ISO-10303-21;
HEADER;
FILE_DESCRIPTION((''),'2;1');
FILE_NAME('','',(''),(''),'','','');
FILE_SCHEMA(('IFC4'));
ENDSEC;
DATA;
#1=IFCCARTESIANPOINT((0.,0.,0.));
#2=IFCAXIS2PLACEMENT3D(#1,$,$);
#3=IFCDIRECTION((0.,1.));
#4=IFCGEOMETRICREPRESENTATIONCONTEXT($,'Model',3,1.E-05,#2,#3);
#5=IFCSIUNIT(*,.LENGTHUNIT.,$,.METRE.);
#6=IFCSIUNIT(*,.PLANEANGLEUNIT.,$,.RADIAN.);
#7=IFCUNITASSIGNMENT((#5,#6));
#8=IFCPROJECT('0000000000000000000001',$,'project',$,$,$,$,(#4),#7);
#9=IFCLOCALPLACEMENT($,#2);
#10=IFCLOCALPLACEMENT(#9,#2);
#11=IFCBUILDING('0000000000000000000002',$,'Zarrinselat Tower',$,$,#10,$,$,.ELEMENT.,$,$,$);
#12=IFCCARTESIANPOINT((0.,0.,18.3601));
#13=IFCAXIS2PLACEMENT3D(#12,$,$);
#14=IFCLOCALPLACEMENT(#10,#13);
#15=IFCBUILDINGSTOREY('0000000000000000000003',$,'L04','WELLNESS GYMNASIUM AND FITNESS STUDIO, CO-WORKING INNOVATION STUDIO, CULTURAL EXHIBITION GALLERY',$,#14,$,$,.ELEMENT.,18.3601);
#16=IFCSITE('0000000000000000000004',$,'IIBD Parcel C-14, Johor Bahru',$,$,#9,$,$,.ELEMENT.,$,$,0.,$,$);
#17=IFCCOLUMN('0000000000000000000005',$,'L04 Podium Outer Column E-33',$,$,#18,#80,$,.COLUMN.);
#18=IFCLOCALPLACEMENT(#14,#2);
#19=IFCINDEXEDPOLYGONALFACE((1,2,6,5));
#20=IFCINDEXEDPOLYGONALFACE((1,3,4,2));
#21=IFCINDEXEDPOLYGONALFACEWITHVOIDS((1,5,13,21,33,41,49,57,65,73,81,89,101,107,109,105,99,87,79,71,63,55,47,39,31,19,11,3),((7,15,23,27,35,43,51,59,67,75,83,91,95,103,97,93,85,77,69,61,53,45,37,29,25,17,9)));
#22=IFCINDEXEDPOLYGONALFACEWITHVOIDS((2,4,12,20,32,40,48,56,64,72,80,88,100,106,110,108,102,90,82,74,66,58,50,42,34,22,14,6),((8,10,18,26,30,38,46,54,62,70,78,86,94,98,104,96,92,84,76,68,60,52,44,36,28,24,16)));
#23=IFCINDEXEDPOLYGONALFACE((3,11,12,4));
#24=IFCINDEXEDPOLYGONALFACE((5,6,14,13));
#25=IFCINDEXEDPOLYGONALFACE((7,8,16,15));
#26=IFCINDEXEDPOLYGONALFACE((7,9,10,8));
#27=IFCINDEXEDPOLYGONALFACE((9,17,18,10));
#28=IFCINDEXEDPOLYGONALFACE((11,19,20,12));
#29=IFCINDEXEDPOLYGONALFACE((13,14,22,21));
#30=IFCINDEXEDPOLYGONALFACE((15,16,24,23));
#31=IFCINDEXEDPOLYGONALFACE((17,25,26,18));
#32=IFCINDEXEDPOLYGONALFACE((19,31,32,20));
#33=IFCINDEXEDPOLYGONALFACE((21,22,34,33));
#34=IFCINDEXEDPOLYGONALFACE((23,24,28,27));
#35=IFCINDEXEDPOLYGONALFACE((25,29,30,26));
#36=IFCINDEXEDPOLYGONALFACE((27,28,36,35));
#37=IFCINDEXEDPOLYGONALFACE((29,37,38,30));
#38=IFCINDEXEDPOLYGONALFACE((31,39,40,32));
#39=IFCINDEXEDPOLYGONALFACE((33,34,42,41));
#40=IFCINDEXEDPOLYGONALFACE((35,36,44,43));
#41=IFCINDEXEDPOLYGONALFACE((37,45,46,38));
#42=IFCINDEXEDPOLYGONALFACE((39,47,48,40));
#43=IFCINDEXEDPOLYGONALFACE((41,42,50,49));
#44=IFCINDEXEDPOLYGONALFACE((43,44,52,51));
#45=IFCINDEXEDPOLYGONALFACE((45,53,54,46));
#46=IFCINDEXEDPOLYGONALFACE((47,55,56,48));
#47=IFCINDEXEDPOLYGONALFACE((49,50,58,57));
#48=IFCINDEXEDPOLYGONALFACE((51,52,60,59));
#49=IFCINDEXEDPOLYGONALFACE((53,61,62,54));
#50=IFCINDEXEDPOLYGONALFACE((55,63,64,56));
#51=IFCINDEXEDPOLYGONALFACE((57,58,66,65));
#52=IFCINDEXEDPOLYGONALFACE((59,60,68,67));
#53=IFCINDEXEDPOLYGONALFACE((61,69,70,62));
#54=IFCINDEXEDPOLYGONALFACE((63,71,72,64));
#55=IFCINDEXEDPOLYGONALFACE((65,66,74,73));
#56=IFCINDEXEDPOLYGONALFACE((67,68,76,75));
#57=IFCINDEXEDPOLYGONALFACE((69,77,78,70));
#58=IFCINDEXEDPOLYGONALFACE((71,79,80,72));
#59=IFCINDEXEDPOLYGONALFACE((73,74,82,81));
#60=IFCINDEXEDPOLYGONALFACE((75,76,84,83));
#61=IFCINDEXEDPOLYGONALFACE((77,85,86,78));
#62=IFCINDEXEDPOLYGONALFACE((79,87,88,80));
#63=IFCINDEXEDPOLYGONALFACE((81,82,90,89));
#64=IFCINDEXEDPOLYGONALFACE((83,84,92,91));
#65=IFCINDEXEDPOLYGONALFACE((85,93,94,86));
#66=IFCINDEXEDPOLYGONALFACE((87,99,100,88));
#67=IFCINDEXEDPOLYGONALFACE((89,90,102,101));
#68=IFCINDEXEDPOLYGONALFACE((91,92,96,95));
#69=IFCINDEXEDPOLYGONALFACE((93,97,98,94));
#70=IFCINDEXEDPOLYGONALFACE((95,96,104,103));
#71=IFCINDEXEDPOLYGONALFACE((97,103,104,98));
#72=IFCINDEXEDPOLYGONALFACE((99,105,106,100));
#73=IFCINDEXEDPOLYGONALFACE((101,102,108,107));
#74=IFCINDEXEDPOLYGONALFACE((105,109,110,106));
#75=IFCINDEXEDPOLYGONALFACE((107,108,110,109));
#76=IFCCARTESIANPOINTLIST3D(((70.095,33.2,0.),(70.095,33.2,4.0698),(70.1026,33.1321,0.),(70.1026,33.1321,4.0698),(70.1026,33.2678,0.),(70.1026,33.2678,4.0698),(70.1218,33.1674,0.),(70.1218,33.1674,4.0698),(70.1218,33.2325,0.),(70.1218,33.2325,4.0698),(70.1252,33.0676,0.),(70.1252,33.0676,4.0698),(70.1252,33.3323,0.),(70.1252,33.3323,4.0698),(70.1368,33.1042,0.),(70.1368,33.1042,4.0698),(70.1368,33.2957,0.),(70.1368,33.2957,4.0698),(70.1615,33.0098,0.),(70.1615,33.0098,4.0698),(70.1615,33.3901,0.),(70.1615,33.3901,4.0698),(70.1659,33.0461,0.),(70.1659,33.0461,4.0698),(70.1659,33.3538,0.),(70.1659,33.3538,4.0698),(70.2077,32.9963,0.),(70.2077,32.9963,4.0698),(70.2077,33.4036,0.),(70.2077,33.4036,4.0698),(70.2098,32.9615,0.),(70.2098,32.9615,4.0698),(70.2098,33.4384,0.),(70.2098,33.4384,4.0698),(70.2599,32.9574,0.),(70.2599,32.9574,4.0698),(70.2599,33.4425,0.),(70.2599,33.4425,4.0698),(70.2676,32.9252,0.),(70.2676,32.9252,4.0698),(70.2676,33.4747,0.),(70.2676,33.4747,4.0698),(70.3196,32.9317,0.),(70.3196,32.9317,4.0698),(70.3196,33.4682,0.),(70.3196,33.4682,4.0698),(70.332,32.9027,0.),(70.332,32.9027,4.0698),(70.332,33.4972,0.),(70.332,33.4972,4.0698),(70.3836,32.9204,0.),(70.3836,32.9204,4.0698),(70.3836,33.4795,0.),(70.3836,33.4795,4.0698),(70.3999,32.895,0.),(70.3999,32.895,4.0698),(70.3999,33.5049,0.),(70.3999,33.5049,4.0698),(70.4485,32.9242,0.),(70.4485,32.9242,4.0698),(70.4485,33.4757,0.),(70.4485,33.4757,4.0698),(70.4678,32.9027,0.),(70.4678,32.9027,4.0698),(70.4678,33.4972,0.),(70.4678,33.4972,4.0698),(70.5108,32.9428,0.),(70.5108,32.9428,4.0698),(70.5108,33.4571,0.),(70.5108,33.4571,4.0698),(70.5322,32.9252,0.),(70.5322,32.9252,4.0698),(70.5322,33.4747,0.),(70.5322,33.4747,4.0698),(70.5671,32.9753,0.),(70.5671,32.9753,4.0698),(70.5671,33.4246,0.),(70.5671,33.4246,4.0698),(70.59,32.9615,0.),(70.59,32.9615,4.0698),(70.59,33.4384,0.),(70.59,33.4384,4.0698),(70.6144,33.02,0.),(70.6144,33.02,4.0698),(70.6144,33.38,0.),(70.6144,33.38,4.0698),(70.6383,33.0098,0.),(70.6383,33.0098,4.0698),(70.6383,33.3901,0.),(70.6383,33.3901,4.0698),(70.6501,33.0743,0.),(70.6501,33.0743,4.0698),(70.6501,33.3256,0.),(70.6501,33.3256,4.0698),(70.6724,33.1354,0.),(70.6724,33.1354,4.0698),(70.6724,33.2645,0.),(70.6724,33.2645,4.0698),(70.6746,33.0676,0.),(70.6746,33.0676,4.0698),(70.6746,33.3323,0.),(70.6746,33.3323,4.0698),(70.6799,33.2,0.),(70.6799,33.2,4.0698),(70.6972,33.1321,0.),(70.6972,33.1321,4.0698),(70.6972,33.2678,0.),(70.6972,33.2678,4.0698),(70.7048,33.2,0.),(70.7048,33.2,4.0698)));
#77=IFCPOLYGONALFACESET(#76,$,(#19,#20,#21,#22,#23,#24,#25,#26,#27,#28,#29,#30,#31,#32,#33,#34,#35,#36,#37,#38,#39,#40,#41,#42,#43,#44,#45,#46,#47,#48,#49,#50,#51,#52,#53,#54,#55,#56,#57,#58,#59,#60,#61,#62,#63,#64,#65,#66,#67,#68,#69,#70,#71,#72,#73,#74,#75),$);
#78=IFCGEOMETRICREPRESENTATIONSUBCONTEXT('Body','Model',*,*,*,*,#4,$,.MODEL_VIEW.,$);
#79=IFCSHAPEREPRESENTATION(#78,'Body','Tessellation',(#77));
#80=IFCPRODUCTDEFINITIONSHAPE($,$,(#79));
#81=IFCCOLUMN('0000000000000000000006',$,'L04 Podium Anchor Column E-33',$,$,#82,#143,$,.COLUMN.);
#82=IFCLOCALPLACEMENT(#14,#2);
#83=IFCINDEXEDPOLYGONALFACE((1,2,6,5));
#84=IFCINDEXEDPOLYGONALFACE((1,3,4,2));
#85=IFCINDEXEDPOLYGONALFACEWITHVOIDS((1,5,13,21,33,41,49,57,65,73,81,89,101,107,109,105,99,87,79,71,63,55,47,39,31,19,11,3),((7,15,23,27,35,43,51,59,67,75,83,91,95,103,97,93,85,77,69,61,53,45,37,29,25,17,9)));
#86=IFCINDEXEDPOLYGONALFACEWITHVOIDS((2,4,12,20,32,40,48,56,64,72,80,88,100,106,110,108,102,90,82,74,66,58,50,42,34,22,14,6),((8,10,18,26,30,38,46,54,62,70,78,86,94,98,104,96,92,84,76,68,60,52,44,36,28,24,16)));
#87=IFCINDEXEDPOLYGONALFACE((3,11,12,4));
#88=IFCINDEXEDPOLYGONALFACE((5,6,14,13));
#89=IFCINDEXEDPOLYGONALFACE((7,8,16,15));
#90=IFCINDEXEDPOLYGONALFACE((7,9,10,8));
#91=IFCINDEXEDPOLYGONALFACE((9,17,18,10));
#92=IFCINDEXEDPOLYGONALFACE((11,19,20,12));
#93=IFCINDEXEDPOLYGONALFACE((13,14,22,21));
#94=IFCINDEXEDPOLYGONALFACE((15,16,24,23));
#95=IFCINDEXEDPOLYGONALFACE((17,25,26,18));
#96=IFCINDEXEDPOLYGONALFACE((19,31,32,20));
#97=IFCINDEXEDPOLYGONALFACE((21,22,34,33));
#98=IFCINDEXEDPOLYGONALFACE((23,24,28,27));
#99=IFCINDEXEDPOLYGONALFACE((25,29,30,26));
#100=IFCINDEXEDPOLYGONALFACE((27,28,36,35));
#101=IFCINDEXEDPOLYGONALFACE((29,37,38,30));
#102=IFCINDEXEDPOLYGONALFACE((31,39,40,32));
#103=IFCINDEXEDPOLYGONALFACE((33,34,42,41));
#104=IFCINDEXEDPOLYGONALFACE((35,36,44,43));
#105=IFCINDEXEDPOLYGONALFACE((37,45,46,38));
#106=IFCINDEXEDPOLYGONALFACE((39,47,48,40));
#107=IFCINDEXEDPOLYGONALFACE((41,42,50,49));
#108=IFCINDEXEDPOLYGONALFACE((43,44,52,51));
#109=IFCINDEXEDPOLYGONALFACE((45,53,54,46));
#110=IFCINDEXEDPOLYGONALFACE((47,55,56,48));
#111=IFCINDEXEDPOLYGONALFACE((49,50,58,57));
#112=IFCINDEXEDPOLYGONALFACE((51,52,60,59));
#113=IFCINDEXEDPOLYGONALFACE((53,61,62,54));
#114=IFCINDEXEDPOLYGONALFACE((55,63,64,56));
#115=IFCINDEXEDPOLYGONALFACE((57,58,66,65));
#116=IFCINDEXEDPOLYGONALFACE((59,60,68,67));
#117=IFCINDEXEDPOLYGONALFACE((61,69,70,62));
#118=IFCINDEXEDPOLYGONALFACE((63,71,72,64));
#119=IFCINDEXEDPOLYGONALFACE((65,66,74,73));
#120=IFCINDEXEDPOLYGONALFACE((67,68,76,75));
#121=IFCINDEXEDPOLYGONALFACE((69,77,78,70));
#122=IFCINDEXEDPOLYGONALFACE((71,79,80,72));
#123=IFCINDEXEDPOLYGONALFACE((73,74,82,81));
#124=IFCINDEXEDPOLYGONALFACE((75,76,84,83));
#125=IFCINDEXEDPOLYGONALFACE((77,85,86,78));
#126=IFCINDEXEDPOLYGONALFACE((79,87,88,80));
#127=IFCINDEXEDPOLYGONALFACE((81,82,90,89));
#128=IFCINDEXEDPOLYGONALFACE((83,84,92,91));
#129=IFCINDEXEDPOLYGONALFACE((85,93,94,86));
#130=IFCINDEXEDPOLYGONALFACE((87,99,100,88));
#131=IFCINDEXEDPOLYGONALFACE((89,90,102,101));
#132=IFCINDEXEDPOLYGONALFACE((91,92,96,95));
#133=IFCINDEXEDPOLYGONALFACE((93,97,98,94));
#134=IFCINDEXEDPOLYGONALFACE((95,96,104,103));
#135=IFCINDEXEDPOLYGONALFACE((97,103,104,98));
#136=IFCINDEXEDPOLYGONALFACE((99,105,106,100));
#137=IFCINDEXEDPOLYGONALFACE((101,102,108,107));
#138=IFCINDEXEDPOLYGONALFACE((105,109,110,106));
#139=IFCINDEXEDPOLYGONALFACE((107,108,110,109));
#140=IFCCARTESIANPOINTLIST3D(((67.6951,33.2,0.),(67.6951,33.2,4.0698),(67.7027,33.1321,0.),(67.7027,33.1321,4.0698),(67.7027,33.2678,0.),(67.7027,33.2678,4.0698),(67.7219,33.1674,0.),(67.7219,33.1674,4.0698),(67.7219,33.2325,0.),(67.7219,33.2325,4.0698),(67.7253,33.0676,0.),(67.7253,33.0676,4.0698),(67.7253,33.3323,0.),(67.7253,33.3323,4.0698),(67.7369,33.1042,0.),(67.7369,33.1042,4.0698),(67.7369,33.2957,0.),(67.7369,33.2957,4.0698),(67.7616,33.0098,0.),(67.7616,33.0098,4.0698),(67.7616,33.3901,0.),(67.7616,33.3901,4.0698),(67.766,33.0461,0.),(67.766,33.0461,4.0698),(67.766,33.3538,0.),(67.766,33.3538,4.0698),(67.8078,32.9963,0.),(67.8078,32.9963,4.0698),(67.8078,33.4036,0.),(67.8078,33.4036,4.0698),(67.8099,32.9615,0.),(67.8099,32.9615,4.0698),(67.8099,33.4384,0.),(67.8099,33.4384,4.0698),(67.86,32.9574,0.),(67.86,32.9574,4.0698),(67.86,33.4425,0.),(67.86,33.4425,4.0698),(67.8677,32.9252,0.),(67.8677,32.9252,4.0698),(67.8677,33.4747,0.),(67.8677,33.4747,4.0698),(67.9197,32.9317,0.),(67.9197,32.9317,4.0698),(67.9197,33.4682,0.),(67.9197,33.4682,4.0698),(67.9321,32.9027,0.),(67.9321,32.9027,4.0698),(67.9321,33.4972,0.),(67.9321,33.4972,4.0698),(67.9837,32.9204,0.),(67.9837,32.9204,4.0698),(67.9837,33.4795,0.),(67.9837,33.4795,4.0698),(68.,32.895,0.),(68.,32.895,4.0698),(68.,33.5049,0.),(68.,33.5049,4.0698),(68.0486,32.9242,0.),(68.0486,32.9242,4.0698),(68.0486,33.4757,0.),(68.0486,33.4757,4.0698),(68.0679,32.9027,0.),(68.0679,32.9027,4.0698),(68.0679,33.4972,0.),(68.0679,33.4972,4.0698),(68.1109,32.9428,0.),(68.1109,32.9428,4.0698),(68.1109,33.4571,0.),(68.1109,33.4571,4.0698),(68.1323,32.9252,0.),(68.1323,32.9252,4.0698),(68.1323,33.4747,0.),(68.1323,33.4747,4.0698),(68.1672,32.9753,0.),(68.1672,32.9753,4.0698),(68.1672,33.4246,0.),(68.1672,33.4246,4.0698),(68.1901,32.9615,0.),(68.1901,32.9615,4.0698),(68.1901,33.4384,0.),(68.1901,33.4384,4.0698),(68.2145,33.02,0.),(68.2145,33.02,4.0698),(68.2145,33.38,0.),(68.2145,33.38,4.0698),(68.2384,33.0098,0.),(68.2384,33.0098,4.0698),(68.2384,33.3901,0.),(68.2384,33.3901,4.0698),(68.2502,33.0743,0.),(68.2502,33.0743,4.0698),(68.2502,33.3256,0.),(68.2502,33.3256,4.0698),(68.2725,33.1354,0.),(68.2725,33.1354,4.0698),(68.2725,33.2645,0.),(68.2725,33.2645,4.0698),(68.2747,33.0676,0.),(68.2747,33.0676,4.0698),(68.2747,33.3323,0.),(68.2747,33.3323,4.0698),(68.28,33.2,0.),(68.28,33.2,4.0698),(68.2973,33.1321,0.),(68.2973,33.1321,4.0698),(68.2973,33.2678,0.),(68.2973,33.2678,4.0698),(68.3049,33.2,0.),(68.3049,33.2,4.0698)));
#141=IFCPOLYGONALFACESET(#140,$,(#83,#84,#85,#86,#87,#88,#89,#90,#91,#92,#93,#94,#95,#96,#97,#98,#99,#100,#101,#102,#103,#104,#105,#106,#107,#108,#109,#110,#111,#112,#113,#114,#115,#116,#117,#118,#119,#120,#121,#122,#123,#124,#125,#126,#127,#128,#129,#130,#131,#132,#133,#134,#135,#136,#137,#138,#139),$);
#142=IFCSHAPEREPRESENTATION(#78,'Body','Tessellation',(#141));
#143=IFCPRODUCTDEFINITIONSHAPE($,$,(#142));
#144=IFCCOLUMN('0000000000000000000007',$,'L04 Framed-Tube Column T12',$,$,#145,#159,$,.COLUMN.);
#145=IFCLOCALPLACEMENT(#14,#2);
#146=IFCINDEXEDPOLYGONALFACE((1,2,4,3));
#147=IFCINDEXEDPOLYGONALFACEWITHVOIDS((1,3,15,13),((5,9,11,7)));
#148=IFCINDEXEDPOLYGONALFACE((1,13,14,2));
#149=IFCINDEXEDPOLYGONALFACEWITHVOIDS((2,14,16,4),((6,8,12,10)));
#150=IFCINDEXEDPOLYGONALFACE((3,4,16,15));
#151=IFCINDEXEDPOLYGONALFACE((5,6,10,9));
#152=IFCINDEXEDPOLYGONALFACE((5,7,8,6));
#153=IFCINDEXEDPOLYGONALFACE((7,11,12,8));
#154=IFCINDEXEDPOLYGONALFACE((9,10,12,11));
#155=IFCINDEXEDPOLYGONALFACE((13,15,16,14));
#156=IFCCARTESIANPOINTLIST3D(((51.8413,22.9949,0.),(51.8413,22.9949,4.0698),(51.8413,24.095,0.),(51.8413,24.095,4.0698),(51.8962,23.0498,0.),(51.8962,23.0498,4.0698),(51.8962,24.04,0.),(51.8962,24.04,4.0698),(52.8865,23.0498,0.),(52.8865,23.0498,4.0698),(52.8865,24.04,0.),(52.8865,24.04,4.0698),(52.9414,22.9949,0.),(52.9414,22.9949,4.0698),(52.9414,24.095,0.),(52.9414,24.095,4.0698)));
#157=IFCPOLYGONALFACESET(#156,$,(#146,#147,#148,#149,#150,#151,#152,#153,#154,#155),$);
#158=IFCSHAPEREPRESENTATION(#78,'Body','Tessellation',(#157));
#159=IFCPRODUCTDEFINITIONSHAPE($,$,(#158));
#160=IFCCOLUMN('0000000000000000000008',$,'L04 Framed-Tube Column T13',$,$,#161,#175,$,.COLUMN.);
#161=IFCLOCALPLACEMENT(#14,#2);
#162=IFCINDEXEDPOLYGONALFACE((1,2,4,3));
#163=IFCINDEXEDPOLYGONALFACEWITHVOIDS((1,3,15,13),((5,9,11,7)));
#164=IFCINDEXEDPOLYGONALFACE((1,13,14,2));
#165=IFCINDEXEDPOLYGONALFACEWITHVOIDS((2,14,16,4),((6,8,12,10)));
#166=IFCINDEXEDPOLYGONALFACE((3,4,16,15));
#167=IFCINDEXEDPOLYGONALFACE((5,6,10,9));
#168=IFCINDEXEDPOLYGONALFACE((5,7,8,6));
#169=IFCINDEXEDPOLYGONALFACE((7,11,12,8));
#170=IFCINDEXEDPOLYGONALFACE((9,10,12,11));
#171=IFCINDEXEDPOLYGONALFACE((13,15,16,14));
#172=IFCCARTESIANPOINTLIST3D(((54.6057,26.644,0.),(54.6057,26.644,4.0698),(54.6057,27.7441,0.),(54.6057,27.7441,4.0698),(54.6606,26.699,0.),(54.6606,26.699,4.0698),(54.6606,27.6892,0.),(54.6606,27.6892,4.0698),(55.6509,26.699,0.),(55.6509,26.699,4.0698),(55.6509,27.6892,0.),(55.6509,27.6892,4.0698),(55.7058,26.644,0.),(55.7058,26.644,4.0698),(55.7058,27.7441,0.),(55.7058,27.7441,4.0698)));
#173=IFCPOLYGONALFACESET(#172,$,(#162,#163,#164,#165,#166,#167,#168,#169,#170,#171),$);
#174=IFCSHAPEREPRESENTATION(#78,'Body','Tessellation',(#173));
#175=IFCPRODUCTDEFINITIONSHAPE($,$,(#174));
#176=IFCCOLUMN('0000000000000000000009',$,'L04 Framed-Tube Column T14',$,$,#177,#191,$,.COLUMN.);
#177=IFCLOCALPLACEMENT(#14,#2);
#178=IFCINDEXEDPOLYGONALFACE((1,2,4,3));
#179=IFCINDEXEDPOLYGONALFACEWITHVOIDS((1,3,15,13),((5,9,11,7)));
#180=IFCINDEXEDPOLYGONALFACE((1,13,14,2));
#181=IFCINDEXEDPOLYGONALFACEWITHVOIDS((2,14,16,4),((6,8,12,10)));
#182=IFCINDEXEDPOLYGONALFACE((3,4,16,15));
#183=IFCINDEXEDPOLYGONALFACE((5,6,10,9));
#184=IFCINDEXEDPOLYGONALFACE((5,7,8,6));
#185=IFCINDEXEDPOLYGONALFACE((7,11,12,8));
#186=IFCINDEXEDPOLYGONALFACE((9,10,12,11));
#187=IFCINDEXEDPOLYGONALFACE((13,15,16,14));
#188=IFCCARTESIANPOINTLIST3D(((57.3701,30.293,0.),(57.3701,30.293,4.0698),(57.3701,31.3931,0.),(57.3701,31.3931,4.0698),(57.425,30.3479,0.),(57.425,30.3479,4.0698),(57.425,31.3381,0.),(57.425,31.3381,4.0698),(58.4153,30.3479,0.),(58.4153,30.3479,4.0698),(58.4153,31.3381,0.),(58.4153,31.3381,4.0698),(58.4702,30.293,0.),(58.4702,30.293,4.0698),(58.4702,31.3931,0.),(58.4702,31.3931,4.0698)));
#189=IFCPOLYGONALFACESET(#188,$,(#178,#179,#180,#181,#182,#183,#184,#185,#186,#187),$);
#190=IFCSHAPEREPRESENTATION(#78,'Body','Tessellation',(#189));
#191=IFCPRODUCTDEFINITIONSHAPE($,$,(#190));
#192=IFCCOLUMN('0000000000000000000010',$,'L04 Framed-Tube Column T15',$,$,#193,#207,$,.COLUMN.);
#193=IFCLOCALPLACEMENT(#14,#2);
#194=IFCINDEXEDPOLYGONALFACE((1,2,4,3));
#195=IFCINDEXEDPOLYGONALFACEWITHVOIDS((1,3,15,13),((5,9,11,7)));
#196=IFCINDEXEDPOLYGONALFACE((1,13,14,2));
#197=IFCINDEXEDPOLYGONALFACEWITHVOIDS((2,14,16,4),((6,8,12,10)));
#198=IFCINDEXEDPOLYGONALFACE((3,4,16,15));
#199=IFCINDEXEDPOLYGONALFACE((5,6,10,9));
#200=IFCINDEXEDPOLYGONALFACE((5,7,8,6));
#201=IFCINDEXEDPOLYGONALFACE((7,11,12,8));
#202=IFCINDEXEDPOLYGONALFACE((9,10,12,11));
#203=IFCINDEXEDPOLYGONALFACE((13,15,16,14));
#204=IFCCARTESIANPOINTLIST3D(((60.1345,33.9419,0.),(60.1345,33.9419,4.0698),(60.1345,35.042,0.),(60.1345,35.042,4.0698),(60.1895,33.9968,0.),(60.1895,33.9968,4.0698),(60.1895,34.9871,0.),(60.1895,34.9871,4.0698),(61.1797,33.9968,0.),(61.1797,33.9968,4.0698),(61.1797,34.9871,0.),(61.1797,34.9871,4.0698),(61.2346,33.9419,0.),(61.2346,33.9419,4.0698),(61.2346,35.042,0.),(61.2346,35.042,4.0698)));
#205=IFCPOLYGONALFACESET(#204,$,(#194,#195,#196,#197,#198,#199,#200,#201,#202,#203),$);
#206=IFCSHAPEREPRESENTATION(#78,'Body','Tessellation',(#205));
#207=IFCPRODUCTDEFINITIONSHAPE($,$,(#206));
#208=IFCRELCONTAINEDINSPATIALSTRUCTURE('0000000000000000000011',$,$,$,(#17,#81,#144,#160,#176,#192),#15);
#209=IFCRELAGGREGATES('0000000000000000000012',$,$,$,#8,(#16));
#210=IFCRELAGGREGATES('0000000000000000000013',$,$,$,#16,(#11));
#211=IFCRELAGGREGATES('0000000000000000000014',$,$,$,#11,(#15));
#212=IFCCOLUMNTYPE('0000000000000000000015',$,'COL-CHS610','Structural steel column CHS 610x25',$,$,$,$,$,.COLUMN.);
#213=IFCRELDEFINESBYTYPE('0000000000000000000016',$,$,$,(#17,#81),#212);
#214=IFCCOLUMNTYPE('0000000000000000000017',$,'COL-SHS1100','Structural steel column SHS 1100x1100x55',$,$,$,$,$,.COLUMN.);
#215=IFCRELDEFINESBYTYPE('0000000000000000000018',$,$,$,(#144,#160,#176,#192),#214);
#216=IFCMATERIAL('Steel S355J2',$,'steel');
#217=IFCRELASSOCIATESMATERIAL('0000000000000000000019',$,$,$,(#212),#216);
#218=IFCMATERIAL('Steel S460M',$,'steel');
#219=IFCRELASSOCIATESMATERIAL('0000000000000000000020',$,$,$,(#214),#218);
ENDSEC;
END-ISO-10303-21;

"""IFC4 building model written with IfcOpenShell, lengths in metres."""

from ifc_helpers import new_model, si_unit, direction, frame, origin, origin_2d, place, context, subcontext, project, spatial, hollow_rectangle, hollow_circle, extrude, material, material_profile, profile_set, type_object, element, save


model = new_model("IFC4")

# Units and contexts
model_context = context("Model", 3, precision=1e-05, world=origin(), true_north=direction((0.0, 1.0)))
body_context = subcontext(model_context, "Body", "Model", "MODEL_VIEW")
ifc_project = project(units=[si_unit("LENGTHUNIT", "METRE"), si_unit("PLANEANGLEUNIT", "RADIAN")], contexts=[model_context])

# Site, building, storey
site_placement = place(None, origin())
site = spatial("IfcSite", under=ifc_project, at=site_placement, Name="IIBD Parcel C-14, Johor Bahru", CompositionType="ELEMENT", RefElevation=0.0)
building_placement = place(site_placement, origin())
building = spatial("IfcBuilding", under=site, at=building_placement, Name="Zarrinselat Tower", CompositionType="ELEMENT")
storey_placement = place(building_placement, frame((0.0, 0.0, 18.3601)))
storey = spatial("IfcBuildingStorey", under=building, at=storey_placement, Name="L04", Description="WELLNESS GYMNASIUM AND FITNESS STUDIO, CO-WORKING INNOVATION STUDIO, CULTURAL EXHIBITION GALLERY", CompositionType="ELEMENT", Elevation=18.3601)

# Columns
ifc_material_1 = material(Name="Steel S355J2", Category="steel")
ifc_material_profile_1 = material_profile(ifc_material_1, hollow_circle(Radius=0.3049, WallThickness=0.0249, at=origin_2d()), Name="CHS 610x25")
ifc_profile_set_1 = profile_set([ifc_material_profile_1], Name="Steel S355J2")
column_type_1 = type_object("IfcColumnType", Name="COL-CHS610", Description="Structural steel column CHS 610x25", PredefinedType="COLUMN", material=ifc_profile_set_1)
for number, where, z_axis, x_axis, name in (
    (1, (70.3999, 33.2, 0.0), (0.0, 0.0, 1.0), (1.0, 0.0, 0.0), "L04 Podium Outer Column E-33"),
    (2, (68.0, 33.2, 0.0), (0.0, 0.0, 1.0), (1.0, 0.0, 0.0), "L04 Podium Anchor Column E-33"),
):
    element("IfcColumn", number, at=place(storey_placement, frame(where, z_axis=z_axis, x_axis=x_axis)), inside=storey, type_object=column_type_1, Name=name, PredefinedType="COLUMN", context=body_context, shape_type="SweptSolid", body=[
        extrude(hollow_circle(Radius=0.3049, WallThickness=0.0249, at=origin_2d()), origin(), (0.0, 0.0, 1.0), 4.0698),
    ])
ifc_material_2 = material(Name="Steel S460M", Category="steel")
ifc_material_profile_2 = material_profile(ifc_material_2, hollow_rectangle(XDim=1.1001, YDim=1.1001, WallThickness=0.0549, at=origin_2d()), Name="SHS 1100x1100x55")
ifc_profile_set_2 = profile_set([ifc_material_profile_2], Name="Steel S460M")
column_type_2 = type_object("IfcColumnType", Name="COL-SHS1100", Description="Structural steel column SHS 1100x1100x55", PredefinedType="COLUMN", material=ifc_profile_set_2)
for number, where, z_axis, x_axis, name in (
    (3, (52.3914, 23.5449, 0.0), (0.0, 0.0, 1.0), (1.0, 0.0, 0.0), "L04 Framed-Tube Column T12"),
    (4, (55.1558, 27.1941, 0.0), (0.0, 0.0, 1.0), (1.0, 0.0, 0.0), "L04 Framed-Tube Column T13"),
    (5, (57.9202, 30.843, 0.0), (0.0, 0.0, 1.0), (1.0, 0.0, 0.0), "L04 Framed-Tube Column T14"),
    (6, (60.6846, 34.4919, 0.0), (0.0, 0.0, 1.0), (1.0, 0.0, 0.0), "L04 Framed-Tube Column T15"),
):
    element("IfcColumn", number, at=place(storey_placement, frame(where, z_axis=z_axis, x_axis=x_axis)), inside=storey, type_object=column_type_2, Name=name, PredefinedType="COLUMN", context=body_context, shape_type="SweptSolid", body=[
        extrude(hollow_rectangle(XDim=1.1001, YDim=1.1001, WallThickness=0.0549, at=origin_2d()), origin(), (0.0, 0.0, 1.0), 4.0698),
    ])

save(model, "model.ifc")
